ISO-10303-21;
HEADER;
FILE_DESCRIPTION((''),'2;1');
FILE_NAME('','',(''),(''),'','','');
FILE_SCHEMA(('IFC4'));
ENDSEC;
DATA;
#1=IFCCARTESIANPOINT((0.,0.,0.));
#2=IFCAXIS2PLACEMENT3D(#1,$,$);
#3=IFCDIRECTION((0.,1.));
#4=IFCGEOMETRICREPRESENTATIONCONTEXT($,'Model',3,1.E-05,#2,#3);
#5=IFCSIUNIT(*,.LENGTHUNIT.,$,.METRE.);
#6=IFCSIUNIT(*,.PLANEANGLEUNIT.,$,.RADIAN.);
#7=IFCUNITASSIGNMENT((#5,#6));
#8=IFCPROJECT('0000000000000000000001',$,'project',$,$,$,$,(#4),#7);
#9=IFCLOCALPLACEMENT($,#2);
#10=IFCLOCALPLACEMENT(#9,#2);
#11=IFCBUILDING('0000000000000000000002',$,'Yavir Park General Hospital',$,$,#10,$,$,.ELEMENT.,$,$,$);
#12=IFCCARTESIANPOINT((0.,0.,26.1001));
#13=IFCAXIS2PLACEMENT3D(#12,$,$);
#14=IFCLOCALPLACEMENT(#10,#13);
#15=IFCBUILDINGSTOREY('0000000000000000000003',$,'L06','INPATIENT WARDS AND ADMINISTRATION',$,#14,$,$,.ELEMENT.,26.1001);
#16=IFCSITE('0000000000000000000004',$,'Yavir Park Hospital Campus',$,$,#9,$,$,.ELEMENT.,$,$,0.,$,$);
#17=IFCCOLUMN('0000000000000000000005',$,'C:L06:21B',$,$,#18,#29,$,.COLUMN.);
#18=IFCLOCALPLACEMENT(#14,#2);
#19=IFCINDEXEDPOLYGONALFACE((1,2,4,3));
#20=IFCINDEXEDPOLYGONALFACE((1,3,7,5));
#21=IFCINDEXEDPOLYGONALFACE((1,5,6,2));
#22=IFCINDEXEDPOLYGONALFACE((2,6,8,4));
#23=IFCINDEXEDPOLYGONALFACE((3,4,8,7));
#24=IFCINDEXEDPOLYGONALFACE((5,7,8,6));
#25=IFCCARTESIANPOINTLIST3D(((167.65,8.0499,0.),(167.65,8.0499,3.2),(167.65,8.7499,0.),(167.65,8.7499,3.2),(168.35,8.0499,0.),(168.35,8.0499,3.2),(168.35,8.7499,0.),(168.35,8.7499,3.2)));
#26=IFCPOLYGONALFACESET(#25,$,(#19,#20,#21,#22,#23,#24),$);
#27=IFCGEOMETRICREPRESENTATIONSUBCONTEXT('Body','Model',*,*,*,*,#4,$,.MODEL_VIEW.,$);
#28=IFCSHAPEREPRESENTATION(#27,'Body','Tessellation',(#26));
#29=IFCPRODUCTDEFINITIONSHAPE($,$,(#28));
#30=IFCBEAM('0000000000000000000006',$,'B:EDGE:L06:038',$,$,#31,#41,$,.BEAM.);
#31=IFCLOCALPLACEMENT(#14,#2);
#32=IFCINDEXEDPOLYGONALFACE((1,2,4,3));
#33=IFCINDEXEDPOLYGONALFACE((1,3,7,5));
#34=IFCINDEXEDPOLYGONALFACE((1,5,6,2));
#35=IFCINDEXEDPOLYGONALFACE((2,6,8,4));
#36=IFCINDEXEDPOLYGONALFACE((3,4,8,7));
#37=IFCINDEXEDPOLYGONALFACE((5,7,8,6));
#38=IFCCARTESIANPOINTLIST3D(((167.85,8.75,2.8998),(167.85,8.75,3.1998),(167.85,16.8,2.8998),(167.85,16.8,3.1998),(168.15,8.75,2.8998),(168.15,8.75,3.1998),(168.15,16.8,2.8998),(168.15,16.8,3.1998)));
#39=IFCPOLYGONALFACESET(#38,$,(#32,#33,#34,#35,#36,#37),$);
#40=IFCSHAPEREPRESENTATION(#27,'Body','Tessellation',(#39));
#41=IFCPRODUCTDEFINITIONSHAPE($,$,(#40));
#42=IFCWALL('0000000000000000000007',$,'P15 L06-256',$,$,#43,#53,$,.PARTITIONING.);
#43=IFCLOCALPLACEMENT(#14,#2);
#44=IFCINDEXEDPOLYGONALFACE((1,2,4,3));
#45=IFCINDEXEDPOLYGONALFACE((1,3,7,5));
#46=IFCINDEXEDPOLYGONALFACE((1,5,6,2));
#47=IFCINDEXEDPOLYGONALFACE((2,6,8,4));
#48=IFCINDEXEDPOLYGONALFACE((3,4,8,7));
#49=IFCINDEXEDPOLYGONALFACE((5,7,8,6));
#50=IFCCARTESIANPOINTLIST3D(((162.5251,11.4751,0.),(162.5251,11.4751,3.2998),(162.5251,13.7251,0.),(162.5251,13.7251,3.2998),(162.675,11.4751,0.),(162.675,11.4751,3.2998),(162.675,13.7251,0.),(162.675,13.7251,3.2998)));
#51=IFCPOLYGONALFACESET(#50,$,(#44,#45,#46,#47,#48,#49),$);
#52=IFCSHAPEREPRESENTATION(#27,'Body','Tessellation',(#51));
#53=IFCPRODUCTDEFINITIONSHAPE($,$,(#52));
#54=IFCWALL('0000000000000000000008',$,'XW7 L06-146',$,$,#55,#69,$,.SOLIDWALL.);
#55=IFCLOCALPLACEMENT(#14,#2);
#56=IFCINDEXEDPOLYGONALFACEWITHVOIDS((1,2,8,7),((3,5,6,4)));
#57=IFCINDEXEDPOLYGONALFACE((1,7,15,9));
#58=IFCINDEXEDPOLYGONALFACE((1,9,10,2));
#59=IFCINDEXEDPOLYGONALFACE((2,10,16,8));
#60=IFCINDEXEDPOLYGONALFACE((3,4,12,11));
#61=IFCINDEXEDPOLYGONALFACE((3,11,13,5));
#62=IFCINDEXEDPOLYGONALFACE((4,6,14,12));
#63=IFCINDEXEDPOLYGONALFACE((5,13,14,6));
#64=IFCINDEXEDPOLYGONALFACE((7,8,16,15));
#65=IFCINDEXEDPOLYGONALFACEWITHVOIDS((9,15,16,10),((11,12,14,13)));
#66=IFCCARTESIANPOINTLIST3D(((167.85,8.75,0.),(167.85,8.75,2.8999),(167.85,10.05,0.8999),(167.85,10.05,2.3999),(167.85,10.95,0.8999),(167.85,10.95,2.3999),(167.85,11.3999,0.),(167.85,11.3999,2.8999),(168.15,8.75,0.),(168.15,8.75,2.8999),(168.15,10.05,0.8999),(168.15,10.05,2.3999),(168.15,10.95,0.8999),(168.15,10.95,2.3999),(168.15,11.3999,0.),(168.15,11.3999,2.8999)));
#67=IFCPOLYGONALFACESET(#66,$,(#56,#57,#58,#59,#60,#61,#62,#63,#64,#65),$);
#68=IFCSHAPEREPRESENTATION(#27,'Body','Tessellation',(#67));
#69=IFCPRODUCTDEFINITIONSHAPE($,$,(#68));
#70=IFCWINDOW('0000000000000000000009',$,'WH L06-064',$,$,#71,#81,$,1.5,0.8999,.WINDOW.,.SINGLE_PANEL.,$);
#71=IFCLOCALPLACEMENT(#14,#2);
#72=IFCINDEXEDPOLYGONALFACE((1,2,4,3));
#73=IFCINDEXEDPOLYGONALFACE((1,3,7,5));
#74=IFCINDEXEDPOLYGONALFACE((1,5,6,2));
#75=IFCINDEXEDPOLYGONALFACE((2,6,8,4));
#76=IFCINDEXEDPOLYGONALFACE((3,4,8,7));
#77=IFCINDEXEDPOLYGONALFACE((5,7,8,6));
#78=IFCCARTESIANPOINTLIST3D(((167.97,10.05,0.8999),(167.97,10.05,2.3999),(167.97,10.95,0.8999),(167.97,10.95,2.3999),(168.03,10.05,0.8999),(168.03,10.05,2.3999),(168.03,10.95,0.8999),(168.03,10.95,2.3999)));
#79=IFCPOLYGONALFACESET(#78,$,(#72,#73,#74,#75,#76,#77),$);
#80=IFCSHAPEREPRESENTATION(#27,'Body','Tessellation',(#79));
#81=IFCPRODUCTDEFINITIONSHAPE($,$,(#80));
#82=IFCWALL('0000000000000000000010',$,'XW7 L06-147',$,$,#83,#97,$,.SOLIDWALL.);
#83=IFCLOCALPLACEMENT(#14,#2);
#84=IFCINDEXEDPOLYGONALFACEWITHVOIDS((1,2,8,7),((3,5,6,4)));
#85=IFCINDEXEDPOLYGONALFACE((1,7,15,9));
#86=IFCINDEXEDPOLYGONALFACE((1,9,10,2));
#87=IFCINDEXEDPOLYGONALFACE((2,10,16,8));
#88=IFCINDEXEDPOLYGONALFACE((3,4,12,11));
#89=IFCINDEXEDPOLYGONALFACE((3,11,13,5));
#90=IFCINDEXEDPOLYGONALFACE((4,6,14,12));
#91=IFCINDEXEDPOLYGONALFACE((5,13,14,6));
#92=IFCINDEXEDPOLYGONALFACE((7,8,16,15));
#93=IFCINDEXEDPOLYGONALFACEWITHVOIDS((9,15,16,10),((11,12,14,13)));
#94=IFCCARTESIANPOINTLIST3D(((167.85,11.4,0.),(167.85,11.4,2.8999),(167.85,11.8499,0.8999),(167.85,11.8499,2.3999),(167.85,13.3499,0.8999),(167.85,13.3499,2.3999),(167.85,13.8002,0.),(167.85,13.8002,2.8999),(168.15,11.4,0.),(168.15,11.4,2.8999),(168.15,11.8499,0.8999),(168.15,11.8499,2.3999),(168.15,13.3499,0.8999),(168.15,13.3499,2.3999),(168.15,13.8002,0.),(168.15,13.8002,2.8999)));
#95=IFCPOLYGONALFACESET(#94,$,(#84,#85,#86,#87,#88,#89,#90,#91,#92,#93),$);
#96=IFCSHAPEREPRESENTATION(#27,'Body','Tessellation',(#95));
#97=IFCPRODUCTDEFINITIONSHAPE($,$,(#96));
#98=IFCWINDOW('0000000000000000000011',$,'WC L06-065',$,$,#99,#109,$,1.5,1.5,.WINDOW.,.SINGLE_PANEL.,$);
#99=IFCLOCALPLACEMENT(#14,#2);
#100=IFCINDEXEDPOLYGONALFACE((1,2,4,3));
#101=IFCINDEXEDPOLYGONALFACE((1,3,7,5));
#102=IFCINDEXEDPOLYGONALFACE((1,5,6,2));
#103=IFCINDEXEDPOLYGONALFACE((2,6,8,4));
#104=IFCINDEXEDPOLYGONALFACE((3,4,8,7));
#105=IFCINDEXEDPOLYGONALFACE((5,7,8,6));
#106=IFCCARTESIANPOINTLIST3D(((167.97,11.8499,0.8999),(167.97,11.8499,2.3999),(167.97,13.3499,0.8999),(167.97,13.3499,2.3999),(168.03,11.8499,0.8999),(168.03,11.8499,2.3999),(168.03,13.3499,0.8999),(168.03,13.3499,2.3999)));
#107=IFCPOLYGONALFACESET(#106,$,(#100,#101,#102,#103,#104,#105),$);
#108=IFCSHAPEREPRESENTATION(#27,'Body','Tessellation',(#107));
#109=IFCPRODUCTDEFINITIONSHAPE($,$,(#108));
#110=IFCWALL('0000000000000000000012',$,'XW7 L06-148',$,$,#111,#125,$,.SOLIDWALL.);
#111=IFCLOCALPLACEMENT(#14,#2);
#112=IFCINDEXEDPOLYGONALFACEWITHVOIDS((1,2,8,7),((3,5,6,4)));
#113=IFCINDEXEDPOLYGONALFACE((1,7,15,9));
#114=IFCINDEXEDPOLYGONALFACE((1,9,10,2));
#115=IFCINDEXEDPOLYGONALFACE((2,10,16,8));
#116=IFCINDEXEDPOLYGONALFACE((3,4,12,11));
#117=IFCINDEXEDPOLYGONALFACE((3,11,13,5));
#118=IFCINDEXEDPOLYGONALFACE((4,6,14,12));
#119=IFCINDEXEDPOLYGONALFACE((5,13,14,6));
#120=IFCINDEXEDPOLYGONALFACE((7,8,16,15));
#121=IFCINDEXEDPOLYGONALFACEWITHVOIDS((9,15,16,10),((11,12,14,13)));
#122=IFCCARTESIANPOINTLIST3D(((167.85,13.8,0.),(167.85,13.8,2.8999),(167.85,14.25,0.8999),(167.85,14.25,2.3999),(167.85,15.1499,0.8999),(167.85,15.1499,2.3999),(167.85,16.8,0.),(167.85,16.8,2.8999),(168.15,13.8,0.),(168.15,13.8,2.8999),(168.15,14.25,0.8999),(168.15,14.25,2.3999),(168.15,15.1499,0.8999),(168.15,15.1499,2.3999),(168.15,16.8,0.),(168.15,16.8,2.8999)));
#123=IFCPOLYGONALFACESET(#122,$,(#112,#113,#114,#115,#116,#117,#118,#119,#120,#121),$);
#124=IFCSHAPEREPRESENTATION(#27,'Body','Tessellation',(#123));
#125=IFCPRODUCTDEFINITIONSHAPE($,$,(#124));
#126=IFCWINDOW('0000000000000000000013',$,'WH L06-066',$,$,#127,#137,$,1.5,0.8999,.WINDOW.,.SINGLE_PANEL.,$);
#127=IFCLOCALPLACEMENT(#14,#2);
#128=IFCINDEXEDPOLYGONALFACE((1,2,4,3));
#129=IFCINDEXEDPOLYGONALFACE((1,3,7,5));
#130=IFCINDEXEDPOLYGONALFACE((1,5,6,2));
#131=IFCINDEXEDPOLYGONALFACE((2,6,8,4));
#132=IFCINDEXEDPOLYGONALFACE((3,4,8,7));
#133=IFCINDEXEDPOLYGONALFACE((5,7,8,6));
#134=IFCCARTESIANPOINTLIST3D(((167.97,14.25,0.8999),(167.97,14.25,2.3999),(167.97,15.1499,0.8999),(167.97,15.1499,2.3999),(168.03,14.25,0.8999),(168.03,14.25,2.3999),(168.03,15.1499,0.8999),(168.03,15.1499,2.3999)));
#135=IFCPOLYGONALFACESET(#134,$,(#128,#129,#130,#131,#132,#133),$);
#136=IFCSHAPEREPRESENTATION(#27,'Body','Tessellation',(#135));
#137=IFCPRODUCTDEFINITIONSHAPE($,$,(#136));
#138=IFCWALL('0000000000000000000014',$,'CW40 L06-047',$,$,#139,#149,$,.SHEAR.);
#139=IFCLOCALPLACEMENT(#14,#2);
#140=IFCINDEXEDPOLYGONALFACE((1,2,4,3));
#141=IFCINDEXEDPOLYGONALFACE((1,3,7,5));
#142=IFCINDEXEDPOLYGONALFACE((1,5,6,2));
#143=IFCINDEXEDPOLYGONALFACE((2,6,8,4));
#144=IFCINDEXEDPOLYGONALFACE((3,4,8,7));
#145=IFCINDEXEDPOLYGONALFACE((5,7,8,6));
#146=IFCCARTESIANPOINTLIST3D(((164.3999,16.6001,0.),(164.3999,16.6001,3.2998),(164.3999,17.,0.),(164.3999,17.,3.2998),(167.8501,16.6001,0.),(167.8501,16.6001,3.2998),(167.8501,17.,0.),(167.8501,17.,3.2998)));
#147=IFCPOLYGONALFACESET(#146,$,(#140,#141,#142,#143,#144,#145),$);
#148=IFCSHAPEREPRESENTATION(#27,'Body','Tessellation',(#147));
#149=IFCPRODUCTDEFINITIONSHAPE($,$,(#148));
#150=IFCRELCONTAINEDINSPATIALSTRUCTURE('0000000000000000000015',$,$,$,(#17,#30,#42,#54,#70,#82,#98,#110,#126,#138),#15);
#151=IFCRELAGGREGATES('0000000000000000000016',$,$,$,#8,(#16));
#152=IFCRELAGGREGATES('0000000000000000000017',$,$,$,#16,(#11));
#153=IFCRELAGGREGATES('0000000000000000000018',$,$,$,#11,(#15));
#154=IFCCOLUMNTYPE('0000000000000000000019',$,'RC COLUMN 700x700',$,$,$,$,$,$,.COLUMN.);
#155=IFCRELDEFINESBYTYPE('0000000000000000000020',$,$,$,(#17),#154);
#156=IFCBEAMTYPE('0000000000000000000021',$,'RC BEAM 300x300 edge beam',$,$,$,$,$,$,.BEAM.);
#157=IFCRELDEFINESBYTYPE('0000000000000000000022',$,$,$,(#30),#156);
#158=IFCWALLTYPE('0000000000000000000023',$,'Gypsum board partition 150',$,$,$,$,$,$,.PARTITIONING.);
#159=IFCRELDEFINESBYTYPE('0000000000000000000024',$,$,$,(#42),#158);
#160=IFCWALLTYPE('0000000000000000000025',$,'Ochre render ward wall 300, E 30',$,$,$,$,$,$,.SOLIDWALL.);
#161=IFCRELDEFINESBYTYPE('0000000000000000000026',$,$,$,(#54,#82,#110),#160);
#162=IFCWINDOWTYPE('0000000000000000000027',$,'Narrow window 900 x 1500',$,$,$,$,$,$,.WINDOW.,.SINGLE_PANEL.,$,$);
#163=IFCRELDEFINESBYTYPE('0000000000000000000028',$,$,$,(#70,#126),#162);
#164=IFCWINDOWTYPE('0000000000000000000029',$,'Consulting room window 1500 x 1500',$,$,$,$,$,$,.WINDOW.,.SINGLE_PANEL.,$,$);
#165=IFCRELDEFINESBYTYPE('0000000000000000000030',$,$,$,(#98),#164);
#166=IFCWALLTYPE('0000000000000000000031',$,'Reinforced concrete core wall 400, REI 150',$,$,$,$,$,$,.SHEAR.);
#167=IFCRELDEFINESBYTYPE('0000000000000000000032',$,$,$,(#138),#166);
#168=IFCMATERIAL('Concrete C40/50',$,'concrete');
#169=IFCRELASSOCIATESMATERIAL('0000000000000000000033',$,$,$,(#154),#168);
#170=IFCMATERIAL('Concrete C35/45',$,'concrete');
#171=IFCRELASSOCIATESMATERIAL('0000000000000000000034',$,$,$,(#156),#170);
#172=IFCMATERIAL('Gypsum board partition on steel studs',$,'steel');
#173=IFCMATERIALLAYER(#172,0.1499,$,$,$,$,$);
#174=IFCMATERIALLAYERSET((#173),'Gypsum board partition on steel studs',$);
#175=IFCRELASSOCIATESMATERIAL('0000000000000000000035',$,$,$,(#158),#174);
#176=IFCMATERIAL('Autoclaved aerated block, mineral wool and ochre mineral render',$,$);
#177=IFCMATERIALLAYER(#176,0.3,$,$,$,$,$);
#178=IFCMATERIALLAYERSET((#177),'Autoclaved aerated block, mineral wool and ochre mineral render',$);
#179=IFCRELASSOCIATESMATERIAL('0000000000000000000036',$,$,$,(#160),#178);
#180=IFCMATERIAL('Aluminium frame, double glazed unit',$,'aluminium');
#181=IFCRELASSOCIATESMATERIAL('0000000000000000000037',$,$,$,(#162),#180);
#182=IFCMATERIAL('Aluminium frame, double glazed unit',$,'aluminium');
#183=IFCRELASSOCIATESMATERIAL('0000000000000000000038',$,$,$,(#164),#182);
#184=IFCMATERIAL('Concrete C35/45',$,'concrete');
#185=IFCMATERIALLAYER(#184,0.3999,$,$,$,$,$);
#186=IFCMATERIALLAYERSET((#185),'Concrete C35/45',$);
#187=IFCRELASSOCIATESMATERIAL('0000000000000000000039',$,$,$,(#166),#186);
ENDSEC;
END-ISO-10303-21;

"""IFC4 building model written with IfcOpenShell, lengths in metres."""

from ifc_helpers import new_model, si_unit, direction, frame, frame_2d, origin, origin_2d, place, context, subcontext, project, spatial, rectangle, extrude, material, layer, layer_set, material_profile, profile_set, type_object, element, fill, save


model = new_model("IFC4")

# Units and contexts
model_context = context("Model", 3, precision=1e-05, world=origin(), true_north=direction((0.0, 1.0)))
body_context = subcontext(model_context, "Body", "Model", "MODEL_VIEW")
ifc_project = project(units=[si_unit("LENGTHUNIT", "METRE"), si_unit("PLANEANGLEUNIT", "RADIAN")], contexts=[model_context])

# Site, building, storey
site_placement = place(None, origin())
site = spatial("IfcSite", under=ifc_project, at=site_placement, Name="Yavir Park Hospital Campus", CompositionType="ELEMENT", RefElevation=0.0)
building_placement = place(site_placement, origin())
building = spatial("IfcBuilding", under=site, at=building_placement, Name="Yavir Park General Hospital", CompositionType="ELEMENT")
storey_placement = place(building_placement, frame((0.0, 0.0, 26.1001)))
storey = spatial("IfcBuildingStorey", under=building, at=storey_placement, Name="L06", Description="INPATIENT WARDS AND ADMINISTRATION", CompositionType="ELEMENT", Elevation=26.1001)

# Column
ifc_material_1 = material(Name="Concrete C40/50", Category="concrete")
ifc_material_profile_1 = material_profile(ifc_material_1, rectangle(XDim=0.7, YDim=0.7, at=origin_2d()), Name="RC700x700")
ifc_profile_set_1 = profile_set([ifc_material_profile_1], Name="Concrete C40/50")
column_type = type_object("IfcColumnType", Name="RC COLUMN 700x700", PredefinedType="COLUMN", material=ifc_profile_set_1)
column_placement = place(storey_placement, frame((168.0, 8.3999, 0.0), z_axis=(0.0, 0.0, 1.0), x_axis=(1.0, 0.0, 0.0)))
element("IfcColumn", 1, at=column_placement, inside=storey, type_object=column_type, Name="C:L06:21B", PredefinedType="COLUMN", context=body_context, shape_type="SweptSolid", body=[
    extrude(rectangle(XDim=0.7, YDim=0.7, at=origin_2d()), origin(), (0.0, 0.0, 1.0), 3.2),
])

# Beam
ifc_material_2 = material(Name="Concrete C35/45", Category="concrete")
ifc_material_profile_2 = material_profile(ifc_material_2, rectangle(XDim=0.3, YDim=0.3, at=origin_2d()), Name="RC300x300")
ifc_profile_set_2 = profile_set([ifc_material_profile_2], Name="Concrete C35/45")
beam_type = type_object("IfcBeamType", Name="RC BEAM 300x300 edge beam", PredefinedType="BEAM", material=ifc_profile_set_2)
beam_placement = place(storey_placement, frame((168.0, 8.75, 3.0498), z_axis=(0.0, 1.0, 0.0), x_axis=(-1.0, 0.0, 0.0)))
element("IfcBeam", 2, at=beam_placement, inside=storey, type_object=beam_type, Name="B:EDGE:L06:038", PredefinedType="BEAM", context=body_context, shape_type="SweptSolid", body=[
    extrude(rectangle(XDim=0.3, YDim=0.3, at=origin_2d()), origin(), (0.0, 0.0, 1.0), 8.05),
])

# Wall
ifc_material_3 = material(Name="Gypsum board partition on steel studs", Category="steel")
ifc_layer_1 = layer(ifc_material_3, 0.1499)
ifc_layer_set_1 = layer_set([ifc_layer_1], Name="Gypsum board partition on steel studs")
wall_type_1 = type_object("IfcWallType", Name="Gypsum board partition 150", PredefinedType="PARTITIONING", material=ifc_layer_set_1)
wall_1_placement = place(storey_placement, frame((162.6001, 11.4751, 0.0), z_axis=(0.0, 0.0, 1.0), x_axis=(0.0, 1.0, 0.0)))
element("IfcWall", 3, at=wall_1_placement, inside=storey, type_object=wall_type_1, Name="P15 L06-256", PredefinedType="PARTITIONING", context=body_context, shape_type="SweptSolid", body=[
    extrude(rectangle(XDim=2.25, YDim=0.1499, at=frame_2d((1.125, 0.0))), origin(), (0.0, 0.0, 1.0), 3.2998),
])

# Walls, openings, windows
ifc_material_4 = material(Name="Autoclaved aerated block, mineral wool and ochre mineral render")
ifc_layer_2 = layer(ifc_material_4, 0.3)
ifc_layer_set_2 = layer_set([ifc_layer_2], Name="Autoclaved aerated block, mineral wool and ochre mineral render")
wall_type_2 = type_object("IfcWallType", Name="Ochre render ward wall 300, E 30", PredefinedType="SOLIDWALL", material=ifc_layer_set_2)
wall_2_placement = place(storey_placement, frame((168.0, 8.75, 0.0), z_axis=(0.0, 0.0, 1.0), x_axis=(0.0, 1.0, 0.0)))
wall_2 = element("IfcWall", 4, at=wall_2_placement, inside=storey, type_object=wall_type_2, Name="XW7 L06-146", PredefinedType="SOLIDWALL", context=body_context, shape_type="SweptSolid", body=[
    extrude(rectangle(XDim=2.6499, YDim=0.3, at=frame_2d((1.325, 0.0))), origin(), (0.0, 0.0, 1.0), 2.8999),
])
opening_1_placement = place(wall_2_placement, frame((1.3, 0.0, 0.8999)))
opening_1 = element("IfcOpeningElement", 5, at=opening_1_placement, cuts=wall_2, PredefinedType="OPENING", context=body_context, shape_type="SweptSolid", body=[
    extrude(rectangle(XDim=0.8999, YDim=1.5, at=frame_2d((0.45, 0.75))), frame((0.0, 0.1599, 0.0), z_axis=(0.0, -1.0, 0.0), x_axis=(1.0, 0.0, 0.0)), (0.0, 0.0, 1.0), 0.3201),
])
ifc_material_5 = material(Name="Aluminium frame, double glazed unit", Category="aluminium")
window_type_1 = type_object("IfcWindowType", Name="Narrow window 900 x 1500", PartitioningType="SINGLE_PANEL", PredefinedType="WINDOW", material=ifc_material_5)
window_1_placement = place(opening_1_placement, origin())
window_1 = element("IfcWindow", 6, at=window_1_placement, inside=storey, type_object=window_type_1, Name="WH L06-064", OverallHeight=1.5, OverallWidth=0.8999, PartitioningType="SINGLE_PANEL", PredefinedType="WINDOW", context=body_context, shape_type="SweptSolid", body=[
    extrude(rectangle(XDim=0.8999, YDim=1.5, at=frame_2d((0.45, 0.75))), frame((0.0, 0.03, 0.0), z_axis=(0.0, -1.0, 0.0), x_axis=(1.0, 0.0, 0.0)), (0.0, 0.0, 1.0), 0.0601),
])
fill(opening_1, window_1)
wall_3_placement = place(storey_placement, frame((168.0, 11.3999, 0.0), z_axis=(0.0, 0.0, 1.0), x_axis=(0.0, 1.0, 0.0)))
wall_3 = element("IfcWall", 7, at=wall_3_placement, inside=storey, type_object=wall_type_2, Name="XW7 L06-147", PredefinedType="SOLIDWALL", context=body_context, shape_type="SweptSolid", body=[
    extrude(rectangle(XDim=2.4001, YDim=0.3, at=frame_2d((1.2002, 0.0))), origin(), (0.0, 0.0, 1.0), 2.8999),
])
opening_2_placement = place(wall_3_placement, frame((0.45, 0.0, 0.8999)))
opening_2 = element("IfcOpeningElement", 8, at=opening_2_placement, cuts=wall_3, PredefinedType="OPENING", context=body_context, shape_type="SweptSolid", body=[
    extrude(rectangle(XDim=1.5, YDim=1.5, at=frame_2d((0.75, 0.75))), frame((0.0, 0.1599, 0.0), z_axis=(0.0, -1.0, 0.0), x_axis=(1.0, 0.0, 0.0)), (0.0, 0.0, 1.0), 0.3201),
])
ifc_material_6 = material(Name="Aluminium frame, double glazed unit", Category="aluminium")
window_type_2 = type_object("IfcWindowType", Name="Consulting room window 1500 x 1500", PartitioningType="SINGLE_PANEL", PredefinedType="WINDOW", material=ifc_material_6)
window_2_placement = place(opening_2_placement, origin())
window_2 = element("IfcWindow", 9, at=window_2_placement, inside=storey, type_object=window_type_2, Name="WC L06-065", OverallHeight=1.5, OverallWidth=1.5, PartitioningType="SINGLE_PANEL", PredefinedType="WINDOW", context=body_context, shape_type="SweptSolid", body=[
    extrude(rectangle(XDim=1.5, YDim=1.5, at=frame_2d((0.75, 0.75))), frame((0.0, 0.03, 0.0), z_axis=(0.0, -1.0, 0.0), x_axis=(1.0, 0.0, 0.0)), (0.0, 0.0, 1.0), 0.0601),
])
fill(opening_2, window_2)
wall_4_placement = place(storey_placement, frame((168.0, 13.8, 0.0), z_axis=(0.0, 0.0, 1.0), x_axis=(0.0, 1.0, 0.0)))
wall_4 = element("IfcWall", 10, at=wall_4_placement, inside=storey, type_object=wall_type_2, Name="XW7 L06-148", PredefinedType="SOLIDWALL", context=body_context, shape_type="SweptSolid", body=[
    extrude(rectangle(XDim=3.0, YDim=0.3, at=frame_2d((1.5, 0.0))), origin(), (0.0, 0.0, 1.0), 2.8999),
])
opening_3_placement = place(wall_4_placement, frame((0.45, 0.0, 0.8999)))
opening_3 = element("IfcOpeningElement", 11, at=opening_3_placement, cuts=wall_4, PredefinedType="OPENING", context=body_context, shape_type="SweptSolid", body=[
    extrude(rectangle(XDim=0.8999, YDim=1.5, at=frame_2d((0.45, 0.75))), frame((0.0, 0.1599, 0.0), z_axis=(0.0, -1.0, 0.0), x_axis=(1.0, 0.0, 0.0)), (0.0, 0.0, 1.0), 0.3201),
])
window_3_placement = place(opening_3_placement, origin())
window_3 = element("IfcWindow", 12, at=window_3_placement, inside=storey, type_object=window_type_1, Name="WH L06-066", OverallHeight=1.5, OverallWidth=0.8999, PartitioningType="SINGLE_PANEL", PredefinedType="WINDOW", context=body_context, shape_type="SweptSolid", body=[
    extrude(rectangle(XDim=0.8999, YDim=1.5, at=frame_2d((0.45, 0.75))), frame((0.0, 0.03, 0.0), z_axis=(0.0, -1.0, 0.0), x_axis=(1.0, 0.0, 0.0)), (0.0, 0.0, 1.0), 0.0601),
])
fill(opening_3, window_3)

# Wall
ifc_material_7 = material(Name="Concrete C35/45", Category="concrete")
ifc_layer_3 = layer(ifc_material_7, 0.3999)
ifc_layer_set_3 = layer_set([ifc_layer_3], Name="Concrete C35/45")
wall_type_3 = type_object("IfcWallType", Name="Reinforced concrete core wall 400, REI 150", PredefinedType="SHEAR", material=ifc_layer_set_3)
wall_5_placement = place(storey_placement, frame((164.3999, 16.8, 0.0), z_axis=(0.0, 0.0, 1.0), x_axis=(1.0, 0.0, 0.0)))
element("IfcWall", 13, at=wall_5_placement, inside=storey, type_object=wall_type_3, Name="CW40 L06-047", PredefinedType="SHEAR", context=body_context, shape_type="SweptSolid", body=[
    extrude(rectangle(XDim=3.4502, YDim=0.3999, at=frame_2d((1.7251, 0.0))), origin(), (0.0, 0.0, 1.0), 3.2998),
])

save(model, "model.ifc")
